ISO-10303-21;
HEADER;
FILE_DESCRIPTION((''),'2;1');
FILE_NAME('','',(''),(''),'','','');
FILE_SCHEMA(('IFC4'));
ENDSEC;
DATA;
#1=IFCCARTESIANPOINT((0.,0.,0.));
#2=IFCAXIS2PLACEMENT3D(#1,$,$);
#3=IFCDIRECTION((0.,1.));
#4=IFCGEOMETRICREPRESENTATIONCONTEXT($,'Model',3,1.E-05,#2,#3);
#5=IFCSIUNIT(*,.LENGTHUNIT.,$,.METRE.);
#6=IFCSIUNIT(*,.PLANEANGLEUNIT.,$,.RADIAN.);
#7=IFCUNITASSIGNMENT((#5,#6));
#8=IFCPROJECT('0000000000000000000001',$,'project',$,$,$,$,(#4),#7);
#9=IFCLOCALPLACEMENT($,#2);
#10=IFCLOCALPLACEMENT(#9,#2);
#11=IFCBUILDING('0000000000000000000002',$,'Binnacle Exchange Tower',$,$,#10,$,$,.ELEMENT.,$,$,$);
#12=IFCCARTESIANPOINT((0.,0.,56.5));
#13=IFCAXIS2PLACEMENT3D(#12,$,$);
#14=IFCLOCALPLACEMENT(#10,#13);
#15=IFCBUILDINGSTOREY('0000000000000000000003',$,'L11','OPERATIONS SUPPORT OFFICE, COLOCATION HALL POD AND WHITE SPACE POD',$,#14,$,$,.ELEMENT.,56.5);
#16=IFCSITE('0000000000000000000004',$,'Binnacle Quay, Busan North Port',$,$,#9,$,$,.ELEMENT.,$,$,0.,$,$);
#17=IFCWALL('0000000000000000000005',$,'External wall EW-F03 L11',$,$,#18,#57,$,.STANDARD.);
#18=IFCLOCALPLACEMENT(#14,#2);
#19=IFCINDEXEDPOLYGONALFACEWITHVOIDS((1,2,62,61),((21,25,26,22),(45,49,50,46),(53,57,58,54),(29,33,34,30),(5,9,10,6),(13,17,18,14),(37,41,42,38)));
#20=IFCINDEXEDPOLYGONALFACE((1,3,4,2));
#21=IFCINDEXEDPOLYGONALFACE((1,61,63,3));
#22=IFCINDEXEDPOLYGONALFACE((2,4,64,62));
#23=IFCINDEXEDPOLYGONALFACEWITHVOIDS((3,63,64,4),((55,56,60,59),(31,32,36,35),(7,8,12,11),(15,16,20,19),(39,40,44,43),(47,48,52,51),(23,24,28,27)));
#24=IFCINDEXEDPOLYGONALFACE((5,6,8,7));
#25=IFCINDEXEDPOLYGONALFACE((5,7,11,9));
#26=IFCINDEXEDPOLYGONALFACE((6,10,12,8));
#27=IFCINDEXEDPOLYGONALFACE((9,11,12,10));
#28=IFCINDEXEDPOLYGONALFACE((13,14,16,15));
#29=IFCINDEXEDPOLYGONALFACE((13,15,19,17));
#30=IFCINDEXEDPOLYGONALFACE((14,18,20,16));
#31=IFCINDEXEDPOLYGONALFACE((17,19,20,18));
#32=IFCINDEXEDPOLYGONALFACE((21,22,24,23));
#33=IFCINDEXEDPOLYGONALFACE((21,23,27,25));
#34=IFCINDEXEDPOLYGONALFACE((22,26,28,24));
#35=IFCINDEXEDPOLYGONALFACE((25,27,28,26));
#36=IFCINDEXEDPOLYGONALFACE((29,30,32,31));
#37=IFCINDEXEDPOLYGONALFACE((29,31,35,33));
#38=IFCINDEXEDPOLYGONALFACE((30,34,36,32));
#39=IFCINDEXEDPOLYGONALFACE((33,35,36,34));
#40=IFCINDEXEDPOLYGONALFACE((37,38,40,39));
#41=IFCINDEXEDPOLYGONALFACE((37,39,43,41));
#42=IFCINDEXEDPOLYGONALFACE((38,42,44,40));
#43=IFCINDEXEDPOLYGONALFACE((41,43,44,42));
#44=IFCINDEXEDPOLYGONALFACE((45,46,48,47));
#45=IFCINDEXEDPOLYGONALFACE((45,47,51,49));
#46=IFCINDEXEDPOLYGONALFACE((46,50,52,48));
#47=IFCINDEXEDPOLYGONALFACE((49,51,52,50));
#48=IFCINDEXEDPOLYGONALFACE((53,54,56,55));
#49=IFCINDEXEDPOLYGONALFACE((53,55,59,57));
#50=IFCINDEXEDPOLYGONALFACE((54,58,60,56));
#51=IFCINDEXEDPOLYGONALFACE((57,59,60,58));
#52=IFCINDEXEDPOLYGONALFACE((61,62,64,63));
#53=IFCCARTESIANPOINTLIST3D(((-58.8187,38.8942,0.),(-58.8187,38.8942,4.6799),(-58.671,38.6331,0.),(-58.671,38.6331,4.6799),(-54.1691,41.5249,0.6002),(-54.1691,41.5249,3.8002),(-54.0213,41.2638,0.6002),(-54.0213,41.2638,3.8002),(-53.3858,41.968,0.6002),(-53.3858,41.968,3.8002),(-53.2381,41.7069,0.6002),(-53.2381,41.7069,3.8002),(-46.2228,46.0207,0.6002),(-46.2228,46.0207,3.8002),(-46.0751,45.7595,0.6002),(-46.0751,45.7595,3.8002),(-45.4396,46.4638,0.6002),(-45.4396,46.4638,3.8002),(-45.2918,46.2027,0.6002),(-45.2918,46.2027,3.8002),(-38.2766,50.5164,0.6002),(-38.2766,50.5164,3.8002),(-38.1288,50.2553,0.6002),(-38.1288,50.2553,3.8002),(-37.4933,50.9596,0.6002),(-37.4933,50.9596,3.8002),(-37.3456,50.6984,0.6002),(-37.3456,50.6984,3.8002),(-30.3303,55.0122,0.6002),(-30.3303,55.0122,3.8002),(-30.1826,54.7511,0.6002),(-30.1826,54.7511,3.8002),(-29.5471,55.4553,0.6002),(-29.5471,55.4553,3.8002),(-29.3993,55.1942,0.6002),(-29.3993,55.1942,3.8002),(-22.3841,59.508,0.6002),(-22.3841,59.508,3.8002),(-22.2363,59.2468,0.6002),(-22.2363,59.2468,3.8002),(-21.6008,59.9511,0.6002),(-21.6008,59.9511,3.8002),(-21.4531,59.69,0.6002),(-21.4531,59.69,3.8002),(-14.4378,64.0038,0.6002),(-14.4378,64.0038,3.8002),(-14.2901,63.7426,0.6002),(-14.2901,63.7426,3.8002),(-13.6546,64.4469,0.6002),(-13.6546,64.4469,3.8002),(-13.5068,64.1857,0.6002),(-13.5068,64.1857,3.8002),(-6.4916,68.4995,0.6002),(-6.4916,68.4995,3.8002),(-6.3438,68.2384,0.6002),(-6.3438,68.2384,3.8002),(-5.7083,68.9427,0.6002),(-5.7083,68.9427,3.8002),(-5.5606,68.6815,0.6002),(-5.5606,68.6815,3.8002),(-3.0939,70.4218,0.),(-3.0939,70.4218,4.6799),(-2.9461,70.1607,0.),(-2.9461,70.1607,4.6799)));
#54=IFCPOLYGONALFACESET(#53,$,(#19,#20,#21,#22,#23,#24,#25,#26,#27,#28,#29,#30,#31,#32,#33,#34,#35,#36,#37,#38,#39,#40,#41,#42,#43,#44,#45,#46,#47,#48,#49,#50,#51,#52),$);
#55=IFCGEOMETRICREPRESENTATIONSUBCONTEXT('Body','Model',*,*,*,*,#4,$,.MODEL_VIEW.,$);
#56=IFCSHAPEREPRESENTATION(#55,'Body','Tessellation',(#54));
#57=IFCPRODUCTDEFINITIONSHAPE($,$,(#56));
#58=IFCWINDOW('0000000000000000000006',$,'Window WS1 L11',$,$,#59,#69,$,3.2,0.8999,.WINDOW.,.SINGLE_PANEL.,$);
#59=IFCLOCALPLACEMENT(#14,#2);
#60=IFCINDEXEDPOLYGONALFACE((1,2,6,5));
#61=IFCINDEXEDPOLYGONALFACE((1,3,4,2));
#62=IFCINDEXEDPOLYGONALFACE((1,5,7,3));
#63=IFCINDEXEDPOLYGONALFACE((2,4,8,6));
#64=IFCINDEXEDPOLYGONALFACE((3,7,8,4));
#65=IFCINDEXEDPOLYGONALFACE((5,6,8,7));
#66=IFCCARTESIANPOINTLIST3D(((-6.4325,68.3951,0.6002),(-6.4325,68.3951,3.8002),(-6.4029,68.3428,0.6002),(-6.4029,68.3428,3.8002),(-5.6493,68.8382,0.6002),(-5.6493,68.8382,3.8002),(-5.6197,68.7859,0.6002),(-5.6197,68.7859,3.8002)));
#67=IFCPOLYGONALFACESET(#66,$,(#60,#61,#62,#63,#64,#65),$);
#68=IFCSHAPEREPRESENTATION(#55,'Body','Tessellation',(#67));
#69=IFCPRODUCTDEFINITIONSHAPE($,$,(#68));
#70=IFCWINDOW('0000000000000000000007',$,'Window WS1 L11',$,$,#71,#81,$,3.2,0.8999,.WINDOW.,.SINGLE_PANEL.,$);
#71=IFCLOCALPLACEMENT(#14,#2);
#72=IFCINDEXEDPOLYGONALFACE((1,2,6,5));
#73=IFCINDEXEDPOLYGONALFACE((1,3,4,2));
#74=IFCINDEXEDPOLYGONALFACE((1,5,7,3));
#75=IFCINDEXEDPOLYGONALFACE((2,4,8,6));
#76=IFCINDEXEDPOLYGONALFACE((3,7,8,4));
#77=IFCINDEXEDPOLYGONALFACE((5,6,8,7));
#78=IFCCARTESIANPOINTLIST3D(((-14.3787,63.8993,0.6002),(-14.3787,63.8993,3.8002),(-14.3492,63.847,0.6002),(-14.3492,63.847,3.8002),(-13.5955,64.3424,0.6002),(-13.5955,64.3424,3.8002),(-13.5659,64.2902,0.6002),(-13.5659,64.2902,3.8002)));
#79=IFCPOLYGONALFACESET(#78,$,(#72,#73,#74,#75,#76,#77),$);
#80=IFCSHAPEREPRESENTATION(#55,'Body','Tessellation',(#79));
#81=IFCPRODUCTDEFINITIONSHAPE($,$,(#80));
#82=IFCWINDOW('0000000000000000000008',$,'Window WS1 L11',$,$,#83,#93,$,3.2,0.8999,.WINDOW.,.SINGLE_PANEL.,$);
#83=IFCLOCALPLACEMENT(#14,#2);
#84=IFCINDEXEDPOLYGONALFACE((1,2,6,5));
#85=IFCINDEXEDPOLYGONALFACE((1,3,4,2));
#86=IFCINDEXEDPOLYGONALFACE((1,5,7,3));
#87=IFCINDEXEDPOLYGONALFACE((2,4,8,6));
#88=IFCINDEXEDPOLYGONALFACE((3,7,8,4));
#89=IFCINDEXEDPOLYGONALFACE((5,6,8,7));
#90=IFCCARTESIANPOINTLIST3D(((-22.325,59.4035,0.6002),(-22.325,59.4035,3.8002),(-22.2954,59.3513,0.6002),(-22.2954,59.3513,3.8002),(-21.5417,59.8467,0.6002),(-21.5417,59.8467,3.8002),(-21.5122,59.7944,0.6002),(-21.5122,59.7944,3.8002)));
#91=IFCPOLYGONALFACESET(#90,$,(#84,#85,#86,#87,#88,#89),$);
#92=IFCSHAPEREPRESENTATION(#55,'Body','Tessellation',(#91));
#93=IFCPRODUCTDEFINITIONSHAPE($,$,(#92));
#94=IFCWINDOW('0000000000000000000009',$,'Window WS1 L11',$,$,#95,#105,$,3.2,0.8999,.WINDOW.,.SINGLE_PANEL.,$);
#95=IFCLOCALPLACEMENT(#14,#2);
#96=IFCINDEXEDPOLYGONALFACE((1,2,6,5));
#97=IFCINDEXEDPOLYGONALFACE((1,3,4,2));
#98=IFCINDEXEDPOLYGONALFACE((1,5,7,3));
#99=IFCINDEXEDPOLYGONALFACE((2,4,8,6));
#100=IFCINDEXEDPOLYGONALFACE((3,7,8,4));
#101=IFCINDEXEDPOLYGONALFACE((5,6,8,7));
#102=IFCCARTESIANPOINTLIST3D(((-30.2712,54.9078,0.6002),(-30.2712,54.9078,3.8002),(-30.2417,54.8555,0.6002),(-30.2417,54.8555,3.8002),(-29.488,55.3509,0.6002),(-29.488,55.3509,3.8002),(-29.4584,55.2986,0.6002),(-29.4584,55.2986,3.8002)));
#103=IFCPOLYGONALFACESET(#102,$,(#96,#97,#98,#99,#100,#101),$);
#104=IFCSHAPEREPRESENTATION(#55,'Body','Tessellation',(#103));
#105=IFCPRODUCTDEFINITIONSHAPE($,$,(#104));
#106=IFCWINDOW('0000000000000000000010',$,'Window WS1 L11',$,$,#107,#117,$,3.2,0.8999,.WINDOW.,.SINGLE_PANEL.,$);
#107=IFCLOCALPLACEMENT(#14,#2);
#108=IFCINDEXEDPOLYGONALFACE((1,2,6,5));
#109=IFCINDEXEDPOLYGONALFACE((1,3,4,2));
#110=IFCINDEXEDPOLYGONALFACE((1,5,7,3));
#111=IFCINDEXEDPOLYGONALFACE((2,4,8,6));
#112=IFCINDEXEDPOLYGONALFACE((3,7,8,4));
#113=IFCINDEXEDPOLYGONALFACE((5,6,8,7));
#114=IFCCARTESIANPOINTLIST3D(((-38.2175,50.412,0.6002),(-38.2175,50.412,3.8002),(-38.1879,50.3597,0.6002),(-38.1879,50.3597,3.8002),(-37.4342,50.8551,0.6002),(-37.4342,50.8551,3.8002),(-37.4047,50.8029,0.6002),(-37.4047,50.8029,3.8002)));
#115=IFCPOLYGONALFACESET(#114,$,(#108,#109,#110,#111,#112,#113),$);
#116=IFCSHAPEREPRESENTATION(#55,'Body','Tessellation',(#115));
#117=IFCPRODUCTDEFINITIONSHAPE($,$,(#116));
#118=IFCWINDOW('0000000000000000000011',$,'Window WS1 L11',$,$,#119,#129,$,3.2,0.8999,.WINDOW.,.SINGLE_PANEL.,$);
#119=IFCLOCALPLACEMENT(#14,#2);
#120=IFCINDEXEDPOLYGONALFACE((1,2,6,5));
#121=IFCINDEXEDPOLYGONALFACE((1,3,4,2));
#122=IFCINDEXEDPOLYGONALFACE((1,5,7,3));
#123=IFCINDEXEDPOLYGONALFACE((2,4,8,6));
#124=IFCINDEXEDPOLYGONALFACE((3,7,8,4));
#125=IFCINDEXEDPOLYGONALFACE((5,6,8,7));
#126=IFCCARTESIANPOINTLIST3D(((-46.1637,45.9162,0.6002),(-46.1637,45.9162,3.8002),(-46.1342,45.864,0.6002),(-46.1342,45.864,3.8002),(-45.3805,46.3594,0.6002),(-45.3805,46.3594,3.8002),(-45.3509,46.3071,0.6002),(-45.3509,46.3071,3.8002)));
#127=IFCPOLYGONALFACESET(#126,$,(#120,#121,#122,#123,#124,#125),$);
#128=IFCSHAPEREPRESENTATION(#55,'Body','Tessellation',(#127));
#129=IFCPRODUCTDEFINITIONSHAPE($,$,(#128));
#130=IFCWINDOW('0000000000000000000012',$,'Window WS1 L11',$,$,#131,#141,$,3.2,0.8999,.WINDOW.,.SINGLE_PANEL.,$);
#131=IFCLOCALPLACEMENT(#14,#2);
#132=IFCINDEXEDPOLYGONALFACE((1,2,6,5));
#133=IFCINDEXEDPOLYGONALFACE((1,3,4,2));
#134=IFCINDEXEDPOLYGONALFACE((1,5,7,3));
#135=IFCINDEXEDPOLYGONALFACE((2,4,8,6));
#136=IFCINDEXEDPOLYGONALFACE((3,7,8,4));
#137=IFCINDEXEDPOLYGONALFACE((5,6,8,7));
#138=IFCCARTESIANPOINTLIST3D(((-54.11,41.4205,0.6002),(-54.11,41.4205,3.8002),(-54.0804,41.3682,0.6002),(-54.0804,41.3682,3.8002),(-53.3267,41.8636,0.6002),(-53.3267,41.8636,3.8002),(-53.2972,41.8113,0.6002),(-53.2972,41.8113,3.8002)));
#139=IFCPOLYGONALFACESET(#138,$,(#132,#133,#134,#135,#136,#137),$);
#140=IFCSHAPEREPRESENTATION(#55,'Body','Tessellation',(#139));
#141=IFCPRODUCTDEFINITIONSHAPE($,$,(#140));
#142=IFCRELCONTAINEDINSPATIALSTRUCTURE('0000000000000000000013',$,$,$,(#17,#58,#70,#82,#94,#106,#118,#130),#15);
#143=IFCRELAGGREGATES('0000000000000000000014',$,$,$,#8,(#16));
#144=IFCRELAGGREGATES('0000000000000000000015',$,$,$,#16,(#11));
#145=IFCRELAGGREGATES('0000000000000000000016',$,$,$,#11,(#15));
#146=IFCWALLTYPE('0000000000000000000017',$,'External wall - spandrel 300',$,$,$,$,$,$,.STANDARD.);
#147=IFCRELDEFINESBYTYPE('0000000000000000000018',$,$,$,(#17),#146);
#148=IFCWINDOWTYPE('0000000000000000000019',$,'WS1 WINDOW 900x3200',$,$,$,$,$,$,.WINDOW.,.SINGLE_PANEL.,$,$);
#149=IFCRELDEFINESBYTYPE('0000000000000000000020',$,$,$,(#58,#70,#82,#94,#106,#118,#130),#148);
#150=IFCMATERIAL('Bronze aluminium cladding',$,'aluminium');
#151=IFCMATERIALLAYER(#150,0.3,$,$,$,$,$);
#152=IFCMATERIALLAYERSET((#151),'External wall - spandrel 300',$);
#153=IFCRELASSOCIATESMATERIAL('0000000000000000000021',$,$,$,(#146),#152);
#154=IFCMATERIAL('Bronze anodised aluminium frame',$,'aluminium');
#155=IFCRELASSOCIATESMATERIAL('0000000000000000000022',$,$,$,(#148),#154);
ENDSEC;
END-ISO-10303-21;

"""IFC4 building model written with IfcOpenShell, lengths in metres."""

from ifc_helpers import new_model, si_unit, direction, frame, frame_2d, origin, place, context, subcontext, project, spatial, rectangle, extrude, material, layer, layer_set, type_object, element, fill, save


model = new_model("IFC4")

# Units and contexts
model_context = context("Model", 3, precision=1e-05, world=origin(), true_north=direction((0.0, 1.0)))
body_context = subcontext(model_context, "Body", "Model", "MODEL_VIEW")
ifc_project = project(units=[si_unit("LENGTHUNIT", "METRE"), si_unit("PLANEANGLEUNIT", "RADIAN")], contexts=[model_context])

# Site, building, storey
site_placement = place(None, origin())
site = spatial("IfcSite", under=ifc_project, at=site_placement, Name="Binnacle Quay, Busan North Port", CompositionType="ELEMENT", RefElevation=0.0)
building_placement = place(site_placement, origin())
building = spatial("IfcBuilding", under=site, at=building_placement, Name="Binnacle Exchange Tower", CompositionType="ELEMENT")
storey_placement = place(building_placement, frame((0.0, 0.0, 56.5)))
storey = spatial("IfcBuildingStorey", under=building, at=storey_placement, Name="L11", Description="OPERATIONS SUPPORT OFFICE, COLOCATION HALL POD AND WHITE SPACE POD", CompositionType="ELEMENT", Elevation=56.5)

# Wall, openings, windows
ifc_material_1 = material(Name="Bronze aluminium cladding", Category="aluminium")
ifc_layer_1 = layer(ifc_material_1, 0.3)
ifc_layer_set_1 = layer_set([ifc_layer_1], Name="External wall - spandrel 300")
wall_type_1 = type_object("IfcWallType", Name="External wall - spandrel 300", PredefinedType="STANDARD", material=ifc_layer_set_1)
wall_1_placement = place(storey_placement, frame((-58.7449, 38.7637, 0.0), z_axis=(0.0, 0.0, 1.0), x_axis=(0.870356, 0.492423, 0.0)))
wall_1 = element("IfcWall", 1, at=wall_1_placement, inside=storey, type_object=wall_type_1, Name="External wall EW-F03 L11", PredefinedType="STANDARD", context=body_context, shape_type="SweptSolid", body=[
    extrude(rectangle(XDim=64.0254, YDim=0.3, at=frame_2d((32.0127, 0.0))), origin(), (0.0, 0.0, 1.0), 4.6799),
])
opening_1_placement = place(wall_1_placement, frame((60.1216, 0.0, 0.6001)))
opening_1 = element("IfcOpeningElement", 2, at=opening_1_placement, cuts=wall_1, PredefinedType="OPENING", context=body_context, shape_type="SweptSolid", body=[
    extrude(rectangle(XDim=0.8999, YDim=3.2, at=frame_2d((0.45, 1.6001))), frame((0.0, 0.1599, 0.0), z_axis=(0.0, -1.0, 0.0), x_axis=(1.0, 0.0, 0.0)), (0.0, 0.0, 1.0), 0.3201),
])
opening_2_placement = place(wall_1_placement, frame((50.9917, 0.0, 0.6001)))
opening_2 = element("IfcOpeningElement", 3, at=opening_2_placement, cuts=wall_1, PredefinedType="OPENING", context=body_context, shape_type="SweptSolid", body=[
    extrude(rectangle(XDim=0.8999, YDim=3.2, at=frame_2d((0.45, 1.6001))), frame((0.0, 0.1599, 0.0), z_axis=(0.0, -1.0, 0.0), x_axis=(1.0, 0.0, 0.0)), (0.0, 0.0, 1.0), 0.3201),
])
opening_3_placement = place(wall_1_placement, frame((41.8618, 0.0, 0.6001)))
opening_3 = element("IfcOpeningElement", 4, at=opening_3_placement, cuts=wall_1, PredefinedType="OPENING", context=body_context, shape_type="SweptSolid", body=[
    extrude(rectangle(XDim=0.8999, YDim=3.2, at=frame_2d((0.45, 1.6001))), frame((0.0, 0.1599, 0.0), z_axis=(0.0, -1.0, 0.0), x_axis=(1.0, 0.0, 0.0)), (0.0, 0.0, 1.0), 0.3201),
])
opening_4_placement = place(wall_1_placement, frame((32.7319, 0.0, 0.6001)))
opening_4 = element("IfcOpeningElement", 5, at=opening_4_placement, cuts=wall_1, PredefinedType="OPENING", context=body_context, shape_type="SweptSolid", body=[
    extrude(rectangle(XDim=0.8999, YDim=3.2, at=frame_2d((0.45, 1.6001))), frame((0.0, 0.1599, 0.0), z_axis=(0.0, -1.0, 0.0), x_axis=(1.0, 0.0, 0.0)), (0.0, 0.0, 1.0), 0.3201),
])
opening_5_placement = place(wall_1_placement, frame((23.6021, 0.0, 0.6001)))
opening_5 = element("IfcOpeningElement", 6, at=opening_5_placement, cuts=wall_1, PredefinedType="OPENING", context=body_context, shape_type="SweptSolid", body=[
    extrude(rectangle(XDim=0.8999, YDim=3.2, at=frame_2d((0.45, 1.6001))), frame((0.0, 0.1599, 0.0), z_axis=(0.0, -1.0, 0.0), x_axis=(1.0, 0.0, 0.0)), (0.0, 0.0, 1.0), 0.3201),
])
opening_6_placement = place(wall_1_placement, frame((14.4722, 0.0, 0.6001)))
opening_6 = element("IfcOpeningElement", 7, at=opening_6_placement, cuts=wall_1, PredefinedType="OPENING", context=body_context, shape_type="SweptSolid", body=[
    extrude(rectangle(XDim=0.8999, YDim=3.2, at=frame_2d((0.45, 1.6001))), frame((0.0, 0.1599, 0.0), z_axis=(0.0, -1.0, 0.0), x_axis=(1.0, 0.0, 0.0)), (0.0, 0.0, 1.0), 0.3201),
])
opening_7_placement = place(wall_1_placement, frame((5.3423, 0.0, 0.6001)))
opening_7 = element("IfcOpeningElement", 8, at=opening_7_placement, cuts=wall_1, PredefinedType="OPENING", context=body_context, shape_type="SweptSolid", body=[
    extrude(rectangle(XDim=0.8999, YDim=3.2, at=frame_2d((0.45, 1.6001))), frame((0.0, 0.1599, 0.0), z_axis=(0.0, -1.0, 0.0), x_axis=(1.0, 0.0, 0.0)), (0.0, 0.0, 1.0), 0.3201),
])
ifc_material_2 = material(Name="Bronze anodised aluminium frame", Category="aluminium")
window_type = type_object("IfcWindowType", Name="WS1 WINDOW 900x3200", PartitioningType="SINGLE_PANEL", PredefinedType="WINDOW", material=ifc_material_2)
window_1_placement = place(opening_1_placement, origin())
window_1 = element("IfcWindow", 9, at=window_1_placement, inside=storey, type_object=window_type, Name="Window WS1 L11", OverallHeight=3.2, OverallWidth=0.8999, PartitioningType="SINGLE_PANEL", PredefinedType="WINDOW", context=body_context, shape_type="SweptSolid", body=[
    extrude(rectangle(XDim=0.8999, YDim=3.2, at=frame_2d((0.45, 1.6001))), frame((0.0, 0.03, 0.0), z_axis=(0.0, -1.0, 0.0), x_axis=(1.0, 0.0, 0.0)), (0.0, 0.0, 1.0), 0.0601),
])
fill(opening_1, window_1)
window_2_placement = place(opening_2_placement, origin())
window_2 = element("IfcWindow", 10, at=window_2_placement, inside=storey, type_object=window_type, Name="Window WS1 L11", OverallHeight=3.2, OverallWidth=0.8999, PartitioningType="SINGLE_PANEL", PredefinedType="WINDOW", context=body_context, shape_type="SweptSolid", body=[
    extrude(rectangle(XDim=0.8999, YDim=3.2, at=frame_2d((0.45, 1.6001))), frame((0.0, 0.03, 0.0), z_axis=(0.0, -1.0, 0.0), x_axis=(1.0, 0.0, 0.0)), (0.0, 0.0, 1.0), 0.0601),
])
fill(opening_2, window_2)
window_3_placement = place(opening_3_placement, origin())
window_3 = element("IfcWindow", 11, at=window_3_placement, inside=storey, type_object=window_type, Name="Window WS1 L11", OverallHeight=3.2, OverallWidth=0.8999, PartitioningType="SINGLE_PANEL", PredefinedType="WINDOW", context=body_context, shape_type="SweptSolid", body=[
    extrude(rectangle(XDim=0.8999, YDim=3.2, at=frame_2d((0.45, 1.6001))), frame((0.0, 0.03, 0.0), z_axis=(0.0, -1.0, 0.0), x_axis=(1.0, 0.0, 0.0)), (0.0, 0.0, 1.0), 0.0601),
])
fill(opening_3, window_3)
window_4_placement = place(opening_4_placement, origin())
window_4 = element("IfcWindow", 12, at=window_4_placement, inside=storey, type_object=window_type, Name="Window WS1 L11", OverallHeight=3.2, OverallWidth=0.8999, PartitioningType="SINGLE_PANEL", PredefinedType="WINDOW", context=body_context, shape_type="SweptSolid", body=[
    extrude(rectangle(XDim=0.8999, YDim=3.2, at=frame_2d((0.45, 1.6001))), frame((0.0, 0.03, 0.0), z_axis=(0.0, -1.0, 0.0), x_axis=(1.0, 0.0, 0.0)), (0.0, 0.0, 1.0), 0.0601),
])
fill(opening_4, window_4)
window_5_placement = place(opening_5_placement, origin())
window_5 = element("IfcWindow", 13, at=window_5_placement, inside=storey, type_object=window_type, Name="Window WS1 L11", OverallHeight=3.2, OverallWidth=0.8999, PartitioningType="SINGLE_PANEL", PredefinedType="WINDOW", context=body_context, shape_type="SweptSolid", body=[
    extrude(rectangle(XDim=0.8999, YDim=3.2, at=frame_2d((0.45, 1.6001))), frame((0.0, 0.03, 0.0), z_axis=(0.0, -1.0, 0.0), x_axis=(1.0, 0.0, 0.0)), (0.0, 0.0, 1.0), 0.0601),
])
fill(opening_5, window_5)
window_6_placement = place(opening_6_placement, origin())
window_6 = element("IfcWindow", 14, at=window_6_placement, inside=storey, type_object=window_type, Name="Window WS1 L11", OverallHeight=3.2, OverallWidth=0.8999, PartitioningType="SINGLE_PANEL", PredefinedType="WINDOW", context=body_context, shape_type="SweptSolid", body=[
    extrude(rectangle(XDim=0.8999, YDim=3.2, at=frame_2d((0.45, 1.6001))), frame((0.0, 0.03, 0.0), z_axis=(0.0, -1.0, 0.0), x_axis=(1.0, 0.0, 0.0)), (0.0, 0.0, 1.0), 0.0601),
])
fill(opening_6, window_6)
window_7_placement = place(opening_7_placement, origin())
window_7 = element("IfcWindow", 15, at=window_7_placement, inside=storey, type_object=window_type, Name="Window WS1 L11", OverallHeight=3.2, OverallWidth=0.8999, PartitioningType="SINGLE_PANEL", PredefinedType="WINDOW", context=body_context, shape_type="SweptSolid", body=[
    extrude(rectangle(XDim=0.8999, YDim=3.2, at=frame_2d((0.45, 1.6001))), frame((0.0, 0.03, 0.0), z_axis=(0.0, -1.0, 0.0), x_axis=(1.0, 0.0, 0.0)), (0.0, 0.0, 1.0), 0.0601),
])
fill(opening_7, window_7)

save(model, "model.ifc")
